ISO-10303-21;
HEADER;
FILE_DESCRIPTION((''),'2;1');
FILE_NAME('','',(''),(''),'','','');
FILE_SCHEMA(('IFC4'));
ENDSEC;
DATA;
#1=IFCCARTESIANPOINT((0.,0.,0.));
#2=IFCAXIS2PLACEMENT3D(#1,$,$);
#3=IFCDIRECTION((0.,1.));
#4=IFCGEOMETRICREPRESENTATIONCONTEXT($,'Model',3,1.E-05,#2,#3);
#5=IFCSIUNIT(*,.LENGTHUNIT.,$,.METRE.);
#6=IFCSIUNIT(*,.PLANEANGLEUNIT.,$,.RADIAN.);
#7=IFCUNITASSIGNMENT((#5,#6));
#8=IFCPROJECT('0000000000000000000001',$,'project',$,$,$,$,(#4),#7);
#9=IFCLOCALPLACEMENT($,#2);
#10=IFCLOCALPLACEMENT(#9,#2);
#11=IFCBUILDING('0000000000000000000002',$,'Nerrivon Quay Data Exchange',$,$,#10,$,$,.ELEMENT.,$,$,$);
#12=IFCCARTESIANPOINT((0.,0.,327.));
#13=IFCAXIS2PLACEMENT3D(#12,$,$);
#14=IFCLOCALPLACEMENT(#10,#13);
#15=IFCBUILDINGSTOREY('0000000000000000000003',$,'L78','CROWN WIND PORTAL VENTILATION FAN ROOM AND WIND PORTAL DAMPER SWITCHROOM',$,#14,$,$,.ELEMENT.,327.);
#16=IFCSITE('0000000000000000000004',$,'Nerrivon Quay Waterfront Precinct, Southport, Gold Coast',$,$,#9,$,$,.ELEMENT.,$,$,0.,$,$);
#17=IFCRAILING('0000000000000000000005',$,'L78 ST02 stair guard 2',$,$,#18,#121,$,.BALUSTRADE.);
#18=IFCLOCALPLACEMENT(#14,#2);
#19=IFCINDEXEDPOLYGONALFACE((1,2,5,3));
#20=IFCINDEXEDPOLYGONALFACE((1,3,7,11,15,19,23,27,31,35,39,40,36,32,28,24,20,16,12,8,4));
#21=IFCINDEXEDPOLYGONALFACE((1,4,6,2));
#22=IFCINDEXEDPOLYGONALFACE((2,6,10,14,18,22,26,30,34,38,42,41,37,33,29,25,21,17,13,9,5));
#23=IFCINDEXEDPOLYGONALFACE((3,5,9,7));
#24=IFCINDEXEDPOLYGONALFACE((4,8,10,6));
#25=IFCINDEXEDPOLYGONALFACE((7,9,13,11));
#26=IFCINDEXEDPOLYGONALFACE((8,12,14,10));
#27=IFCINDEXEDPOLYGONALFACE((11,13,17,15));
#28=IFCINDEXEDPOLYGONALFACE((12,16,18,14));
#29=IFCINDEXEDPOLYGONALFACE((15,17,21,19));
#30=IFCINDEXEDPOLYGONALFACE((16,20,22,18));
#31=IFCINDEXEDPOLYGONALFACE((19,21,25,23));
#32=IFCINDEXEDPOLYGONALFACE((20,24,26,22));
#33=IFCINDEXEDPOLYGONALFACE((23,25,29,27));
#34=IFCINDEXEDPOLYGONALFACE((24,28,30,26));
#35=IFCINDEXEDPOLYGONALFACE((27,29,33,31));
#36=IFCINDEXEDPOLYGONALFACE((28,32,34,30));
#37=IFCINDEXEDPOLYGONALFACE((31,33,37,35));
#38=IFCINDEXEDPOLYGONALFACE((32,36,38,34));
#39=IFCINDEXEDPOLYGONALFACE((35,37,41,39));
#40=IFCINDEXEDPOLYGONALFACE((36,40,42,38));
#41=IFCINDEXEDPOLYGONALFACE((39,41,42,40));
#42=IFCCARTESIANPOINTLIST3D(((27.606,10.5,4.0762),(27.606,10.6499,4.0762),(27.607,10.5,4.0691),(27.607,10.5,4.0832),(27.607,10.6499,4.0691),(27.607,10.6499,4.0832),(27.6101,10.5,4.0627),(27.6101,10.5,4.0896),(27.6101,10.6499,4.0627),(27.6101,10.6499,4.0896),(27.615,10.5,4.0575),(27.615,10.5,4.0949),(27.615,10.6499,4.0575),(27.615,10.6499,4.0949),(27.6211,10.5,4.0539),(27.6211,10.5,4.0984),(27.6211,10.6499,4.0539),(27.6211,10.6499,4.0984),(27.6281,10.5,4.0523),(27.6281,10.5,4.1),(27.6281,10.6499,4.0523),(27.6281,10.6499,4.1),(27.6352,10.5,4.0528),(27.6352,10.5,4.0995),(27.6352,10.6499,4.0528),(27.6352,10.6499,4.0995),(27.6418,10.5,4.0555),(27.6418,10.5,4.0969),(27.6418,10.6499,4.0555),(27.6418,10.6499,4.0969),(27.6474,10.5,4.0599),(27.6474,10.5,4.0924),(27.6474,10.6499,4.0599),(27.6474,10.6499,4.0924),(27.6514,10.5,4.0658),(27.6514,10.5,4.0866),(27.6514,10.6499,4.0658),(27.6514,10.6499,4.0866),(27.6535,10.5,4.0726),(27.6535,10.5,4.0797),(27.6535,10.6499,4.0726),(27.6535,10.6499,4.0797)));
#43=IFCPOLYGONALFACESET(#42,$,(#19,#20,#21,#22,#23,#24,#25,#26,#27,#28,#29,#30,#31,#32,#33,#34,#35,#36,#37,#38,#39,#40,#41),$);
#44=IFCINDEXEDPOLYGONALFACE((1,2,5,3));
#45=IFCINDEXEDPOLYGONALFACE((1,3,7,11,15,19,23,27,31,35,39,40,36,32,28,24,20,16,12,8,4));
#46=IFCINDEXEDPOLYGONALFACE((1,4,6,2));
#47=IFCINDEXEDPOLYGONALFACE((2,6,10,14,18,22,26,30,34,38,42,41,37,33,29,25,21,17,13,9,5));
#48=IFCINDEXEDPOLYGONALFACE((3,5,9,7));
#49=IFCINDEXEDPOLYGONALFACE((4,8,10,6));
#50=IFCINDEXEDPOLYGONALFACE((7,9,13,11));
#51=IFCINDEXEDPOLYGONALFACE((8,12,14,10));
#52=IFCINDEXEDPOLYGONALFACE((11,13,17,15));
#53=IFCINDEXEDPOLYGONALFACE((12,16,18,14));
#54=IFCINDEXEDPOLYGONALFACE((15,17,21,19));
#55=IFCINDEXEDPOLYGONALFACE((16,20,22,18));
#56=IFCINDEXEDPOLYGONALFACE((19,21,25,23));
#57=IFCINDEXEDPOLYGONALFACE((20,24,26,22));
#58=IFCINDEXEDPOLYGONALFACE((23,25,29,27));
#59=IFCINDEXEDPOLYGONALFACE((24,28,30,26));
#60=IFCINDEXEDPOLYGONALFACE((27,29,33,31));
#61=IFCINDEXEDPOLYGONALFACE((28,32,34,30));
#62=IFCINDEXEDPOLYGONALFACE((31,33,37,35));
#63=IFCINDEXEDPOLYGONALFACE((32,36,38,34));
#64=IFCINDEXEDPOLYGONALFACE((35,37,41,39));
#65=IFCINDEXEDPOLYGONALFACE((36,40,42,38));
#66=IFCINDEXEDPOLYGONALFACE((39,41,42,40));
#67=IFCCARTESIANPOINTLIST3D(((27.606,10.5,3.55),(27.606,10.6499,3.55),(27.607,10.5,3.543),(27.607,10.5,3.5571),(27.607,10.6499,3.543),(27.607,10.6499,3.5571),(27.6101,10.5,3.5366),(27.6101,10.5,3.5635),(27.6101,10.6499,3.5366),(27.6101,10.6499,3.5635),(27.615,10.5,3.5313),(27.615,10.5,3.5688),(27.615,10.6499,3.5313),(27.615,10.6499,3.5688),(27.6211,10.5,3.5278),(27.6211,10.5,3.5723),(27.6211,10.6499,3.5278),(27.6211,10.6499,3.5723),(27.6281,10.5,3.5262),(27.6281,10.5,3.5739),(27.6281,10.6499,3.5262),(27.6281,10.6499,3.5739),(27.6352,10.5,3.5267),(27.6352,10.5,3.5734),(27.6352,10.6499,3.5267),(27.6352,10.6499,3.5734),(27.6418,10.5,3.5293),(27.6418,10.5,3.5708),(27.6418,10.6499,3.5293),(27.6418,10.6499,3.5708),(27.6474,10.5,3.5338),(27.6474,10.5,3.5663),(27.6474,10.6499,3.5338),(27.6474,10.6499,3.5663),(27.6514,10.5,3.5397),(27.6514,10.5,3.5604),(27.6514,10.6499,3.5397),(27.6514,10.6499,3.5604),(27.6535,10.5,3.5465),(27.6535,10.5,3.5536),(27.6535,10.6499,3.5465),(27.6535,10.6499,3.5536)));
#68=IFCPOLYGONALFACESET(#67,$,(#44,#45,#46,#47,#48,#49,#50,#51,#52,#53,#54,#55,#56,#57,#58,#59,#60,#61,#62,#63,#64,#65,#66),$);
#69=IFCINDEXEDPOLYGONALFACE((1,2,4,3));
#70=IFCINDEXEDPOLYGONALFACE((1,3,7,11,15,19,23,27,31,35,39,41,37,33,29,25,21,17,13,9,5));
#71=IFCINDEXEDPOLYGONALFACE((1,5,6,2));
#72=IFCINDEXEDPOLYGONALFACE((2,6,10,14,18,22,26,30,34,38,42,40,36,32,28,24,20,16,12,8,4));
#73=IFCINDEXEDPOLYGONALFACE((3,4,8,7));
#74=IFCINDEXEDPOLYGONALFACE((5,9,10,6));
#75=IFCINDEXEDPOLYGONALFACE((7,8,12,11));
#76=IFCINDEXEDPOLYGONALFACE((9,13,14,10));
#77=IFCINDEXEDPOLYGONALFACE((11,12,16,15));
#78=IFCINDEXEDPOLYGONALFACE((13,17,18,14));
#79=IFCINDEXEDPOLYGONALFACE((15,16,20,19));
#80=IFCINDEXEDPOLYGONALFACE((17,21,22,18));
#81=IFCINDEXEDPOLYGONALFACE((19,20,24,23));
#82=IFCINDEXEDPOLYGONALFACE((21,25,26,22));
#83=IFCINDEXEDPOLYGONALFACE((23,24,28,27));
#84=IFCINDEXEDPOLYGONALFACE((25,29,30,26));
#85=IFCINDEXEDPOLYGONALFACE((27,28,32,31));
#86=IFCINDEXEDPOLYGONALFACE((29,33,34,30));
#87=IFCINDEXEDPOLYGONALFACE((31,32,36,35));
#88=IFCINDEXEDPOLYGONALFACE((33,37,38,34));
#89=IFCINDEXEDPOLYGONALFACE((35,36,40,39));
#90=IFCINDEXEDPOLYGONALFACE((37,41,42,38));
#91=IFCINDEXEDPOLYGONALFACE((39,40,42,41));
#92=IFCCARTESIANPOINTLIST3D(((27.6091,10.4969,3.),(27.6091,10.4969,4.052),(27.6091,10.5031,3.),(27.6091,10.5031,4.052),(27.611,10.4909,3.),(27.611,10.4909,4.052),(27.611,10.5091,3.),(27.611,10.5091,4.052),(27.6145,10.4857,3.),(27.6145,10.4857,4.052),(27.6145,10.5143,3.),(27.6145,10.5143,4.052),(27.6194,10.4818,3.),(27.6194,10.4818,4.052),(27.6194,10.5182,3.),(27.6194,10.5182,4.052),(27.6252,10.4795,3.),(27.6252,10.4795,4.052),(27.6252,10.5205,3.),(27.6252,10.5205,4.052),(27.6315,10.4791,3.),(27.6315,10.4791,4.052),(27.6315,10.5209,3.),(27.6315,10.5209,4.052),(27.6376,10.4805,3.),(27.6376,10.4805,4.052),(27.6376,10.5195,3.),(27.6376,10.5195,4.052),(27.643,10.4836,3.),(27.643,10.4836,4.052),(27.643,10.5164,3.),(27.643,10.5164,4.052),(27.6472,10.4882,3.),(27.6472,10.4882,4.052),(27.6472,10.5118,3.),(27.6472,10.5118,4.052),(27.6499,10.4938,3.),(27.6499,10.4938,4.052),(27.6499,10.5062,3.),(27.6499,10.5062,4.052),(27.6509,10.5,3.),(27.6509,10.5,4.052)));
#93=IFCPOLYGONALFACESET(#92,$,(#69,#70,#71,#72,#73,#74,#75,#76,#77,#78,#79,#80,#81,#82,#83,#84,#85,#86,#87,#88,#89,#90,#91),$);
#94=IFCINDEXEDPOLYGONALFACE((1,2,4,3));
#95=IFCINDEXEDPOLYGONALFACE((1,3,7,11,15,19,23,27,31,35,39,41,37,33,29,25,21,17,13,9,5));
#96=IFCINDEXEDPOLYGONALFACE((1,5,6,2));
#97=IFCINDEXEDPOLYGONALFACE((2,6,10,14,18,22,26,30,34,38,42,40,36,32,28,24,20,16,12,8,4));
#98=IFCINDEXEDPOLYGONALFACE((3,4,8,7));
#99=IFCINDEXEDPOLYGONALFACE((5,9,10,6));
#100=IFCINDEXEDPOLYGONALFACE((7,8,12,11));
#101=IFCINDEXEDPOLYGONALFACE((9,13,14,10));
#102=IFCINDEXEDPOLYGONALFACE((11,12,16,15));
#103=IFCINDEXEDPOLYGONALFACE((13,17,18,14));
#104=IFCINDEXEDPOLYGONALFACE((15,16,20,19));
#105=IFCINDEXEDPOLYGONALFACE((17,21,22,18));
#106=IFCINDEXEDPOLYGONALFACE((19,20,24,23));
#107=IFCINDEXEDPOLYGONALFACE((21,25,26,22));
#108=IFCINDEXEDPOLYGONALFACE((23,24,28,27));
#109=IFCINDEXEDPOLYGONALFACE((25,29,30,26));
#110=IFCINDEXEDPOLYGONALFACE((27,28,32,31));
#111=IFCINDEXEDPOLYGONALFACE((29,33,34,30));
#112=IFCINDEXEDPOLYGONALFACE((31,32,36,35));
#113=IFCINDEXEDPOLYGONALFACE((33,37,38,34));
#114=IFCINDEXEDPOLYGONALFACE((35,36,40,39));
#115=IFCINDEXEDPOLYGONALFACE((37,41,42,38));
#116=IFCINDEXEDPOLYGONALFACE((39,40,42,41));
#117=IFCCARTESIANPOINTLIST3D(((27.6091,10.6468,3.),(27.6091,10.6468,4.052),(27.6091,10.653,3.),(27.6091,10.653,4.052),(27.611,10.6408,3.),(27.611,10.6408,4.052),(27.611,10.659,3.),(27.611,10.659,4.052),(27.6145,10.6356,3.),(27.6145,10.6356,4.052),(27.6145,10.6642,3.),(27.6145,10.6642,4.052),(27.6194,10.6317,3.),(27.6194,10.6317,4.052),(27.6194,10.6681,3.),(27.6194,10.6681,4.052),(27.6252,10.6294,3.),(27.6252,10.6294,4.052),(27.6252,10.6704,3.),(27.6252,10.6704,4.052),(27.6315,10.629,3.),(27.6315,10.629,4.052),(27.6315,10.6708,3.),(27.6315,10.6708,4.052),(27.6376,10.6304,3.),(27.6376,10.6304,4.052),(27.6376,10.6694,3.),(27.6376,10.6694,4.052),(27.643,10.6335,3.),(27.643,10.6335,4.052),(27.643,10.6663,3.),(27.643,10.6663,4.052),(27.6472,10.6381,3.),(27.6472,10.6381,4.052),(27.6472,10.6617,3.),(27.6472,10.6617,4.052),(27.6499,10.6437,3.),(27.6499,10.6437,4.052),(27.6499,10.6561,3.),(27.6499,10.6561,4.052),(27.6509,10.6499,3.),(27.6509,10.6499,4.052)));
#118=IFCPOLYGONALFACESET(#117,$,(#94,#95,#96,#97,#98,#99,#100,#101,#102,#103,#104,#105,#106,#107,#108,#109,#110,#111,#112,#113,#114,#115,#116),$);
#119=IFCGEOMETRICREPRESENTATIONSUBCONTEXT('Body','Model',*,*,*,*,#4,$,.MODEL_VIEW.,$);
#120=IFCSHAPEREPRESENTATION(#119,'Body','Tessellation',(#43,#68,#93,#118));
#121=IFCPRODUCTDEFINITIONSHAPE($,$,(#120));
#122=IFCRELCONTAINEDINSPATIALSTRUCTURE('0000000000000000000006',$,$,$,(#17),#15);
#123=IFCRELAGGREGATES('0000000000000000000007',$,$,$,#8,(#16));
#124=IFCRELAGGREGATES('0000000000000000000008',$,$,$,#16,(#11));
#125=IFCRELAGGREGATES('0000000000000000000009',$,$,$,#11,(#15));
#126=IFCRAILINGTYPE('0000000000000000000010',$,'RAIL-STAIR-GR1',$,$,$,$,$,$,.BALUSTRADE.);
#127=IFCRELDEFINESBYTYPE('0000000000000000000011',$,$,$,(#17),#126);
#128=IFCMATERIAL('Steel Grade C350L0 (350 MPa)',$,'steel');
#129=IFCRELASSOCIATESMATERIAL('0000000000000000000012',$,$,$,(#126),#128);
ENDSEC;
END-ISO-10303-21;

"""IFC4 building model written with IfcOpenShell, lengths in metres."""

from ifc_helpers import new_model, si_unit, direction, frame, origin, origin_2d, place, context, subcontext, project, spatial, circle, extrude, material, type_object, element, save


model = new_model("IFC4")

# Units and contexts
model_context = context("Model", 3, precision=1e-05, world=origin(), true_north=direction((0.0, 1.0)))
body_context = subcontext(model_context, "Body", "Model", "MODEL_VIEW")
ifc_project = project(units=[si_unit("LENGTHUNIT", "METRE"), si_unit("PLANEANGLEUNIT", "RADIAN")], contexts=[model_context])

# Site, building, storey
site_placement = place(None, origin())
site = spatial("IfcSite", under=ifc_project, at=site_placement, Name="Nerrivon Quay Waterfront Precinct, Southport, Gold Coast", CompositionType="ELEMENT", RefElevation=0.0)
building_placement = place(site_placement, origin())
building = spatial("IfcBuilding", under=site, at=building_placement, Name="Nerrivon Quay Data Exchange", CompositionType="ELEMENT")
storey_placement = place(building_placement, frame((0.0, 0.0, 327.0)))
storey = spatial("IfcBuildingStorey", under=building, at=storey_placement, Name="L78", Description="CROWN WIND PORTAL VENTILATION FAN ROOM AND WIND PORTAL DAMPER SWITCHROOM", CompositionType="ELEMENT", Elevation=327.0)

# Railing
ifc_material_1 = material(Name="Steel Grade C350L0 (350 MPa)", Category="steel")
railing_type_1 = type_object("IfcRailingType", Name="RAIL-STAIR-GR1", PredefinedType="BALUSTRADE", material=ifc_material_1)
railing_1_placement = place(storey_placement, frame((27.6299, 10.5, 3.0)))
element("IfcRailing", 1, at=railing_1_placement, inside=storey, type_object=railing_type_1, Name="L78 ST02 stair guard 2", PredefinedType="BALUSTRADE", context=body_context, shape_type="SweptSolid", body=[
    extrude(circle(Radius=0.0239, at=origin_2d()), frame((0.0, 0.0, 1.0762), z_axis=(0.0, 1.0, 0.0), x_axis=(-1.0, 0.0, 0.0)), (0.0, 0.0, 1.0), 0.1499),
    extrude(circle(Radius=0.0239, at=origin_2d()), frame((0.0, 0.0, 0.55), z_axis=(0.0, 1.0, 0.0), x_axis=(-1.0, 0.0, 0.0)), (0.0, 0.0, 1.0), 0.1499),
    extrude(circle(Radius=0.021, at=origin_2d()), origin(), (0.0, 0.0, 1.0), 1.052),
    extrude(circle(Radius=0.021, at=origin_2d()), frame((0.0, 0.1499, 0.0)), (0.0, 0.0, 1.0), 1.052),
])

save(model, "model.ifc")
